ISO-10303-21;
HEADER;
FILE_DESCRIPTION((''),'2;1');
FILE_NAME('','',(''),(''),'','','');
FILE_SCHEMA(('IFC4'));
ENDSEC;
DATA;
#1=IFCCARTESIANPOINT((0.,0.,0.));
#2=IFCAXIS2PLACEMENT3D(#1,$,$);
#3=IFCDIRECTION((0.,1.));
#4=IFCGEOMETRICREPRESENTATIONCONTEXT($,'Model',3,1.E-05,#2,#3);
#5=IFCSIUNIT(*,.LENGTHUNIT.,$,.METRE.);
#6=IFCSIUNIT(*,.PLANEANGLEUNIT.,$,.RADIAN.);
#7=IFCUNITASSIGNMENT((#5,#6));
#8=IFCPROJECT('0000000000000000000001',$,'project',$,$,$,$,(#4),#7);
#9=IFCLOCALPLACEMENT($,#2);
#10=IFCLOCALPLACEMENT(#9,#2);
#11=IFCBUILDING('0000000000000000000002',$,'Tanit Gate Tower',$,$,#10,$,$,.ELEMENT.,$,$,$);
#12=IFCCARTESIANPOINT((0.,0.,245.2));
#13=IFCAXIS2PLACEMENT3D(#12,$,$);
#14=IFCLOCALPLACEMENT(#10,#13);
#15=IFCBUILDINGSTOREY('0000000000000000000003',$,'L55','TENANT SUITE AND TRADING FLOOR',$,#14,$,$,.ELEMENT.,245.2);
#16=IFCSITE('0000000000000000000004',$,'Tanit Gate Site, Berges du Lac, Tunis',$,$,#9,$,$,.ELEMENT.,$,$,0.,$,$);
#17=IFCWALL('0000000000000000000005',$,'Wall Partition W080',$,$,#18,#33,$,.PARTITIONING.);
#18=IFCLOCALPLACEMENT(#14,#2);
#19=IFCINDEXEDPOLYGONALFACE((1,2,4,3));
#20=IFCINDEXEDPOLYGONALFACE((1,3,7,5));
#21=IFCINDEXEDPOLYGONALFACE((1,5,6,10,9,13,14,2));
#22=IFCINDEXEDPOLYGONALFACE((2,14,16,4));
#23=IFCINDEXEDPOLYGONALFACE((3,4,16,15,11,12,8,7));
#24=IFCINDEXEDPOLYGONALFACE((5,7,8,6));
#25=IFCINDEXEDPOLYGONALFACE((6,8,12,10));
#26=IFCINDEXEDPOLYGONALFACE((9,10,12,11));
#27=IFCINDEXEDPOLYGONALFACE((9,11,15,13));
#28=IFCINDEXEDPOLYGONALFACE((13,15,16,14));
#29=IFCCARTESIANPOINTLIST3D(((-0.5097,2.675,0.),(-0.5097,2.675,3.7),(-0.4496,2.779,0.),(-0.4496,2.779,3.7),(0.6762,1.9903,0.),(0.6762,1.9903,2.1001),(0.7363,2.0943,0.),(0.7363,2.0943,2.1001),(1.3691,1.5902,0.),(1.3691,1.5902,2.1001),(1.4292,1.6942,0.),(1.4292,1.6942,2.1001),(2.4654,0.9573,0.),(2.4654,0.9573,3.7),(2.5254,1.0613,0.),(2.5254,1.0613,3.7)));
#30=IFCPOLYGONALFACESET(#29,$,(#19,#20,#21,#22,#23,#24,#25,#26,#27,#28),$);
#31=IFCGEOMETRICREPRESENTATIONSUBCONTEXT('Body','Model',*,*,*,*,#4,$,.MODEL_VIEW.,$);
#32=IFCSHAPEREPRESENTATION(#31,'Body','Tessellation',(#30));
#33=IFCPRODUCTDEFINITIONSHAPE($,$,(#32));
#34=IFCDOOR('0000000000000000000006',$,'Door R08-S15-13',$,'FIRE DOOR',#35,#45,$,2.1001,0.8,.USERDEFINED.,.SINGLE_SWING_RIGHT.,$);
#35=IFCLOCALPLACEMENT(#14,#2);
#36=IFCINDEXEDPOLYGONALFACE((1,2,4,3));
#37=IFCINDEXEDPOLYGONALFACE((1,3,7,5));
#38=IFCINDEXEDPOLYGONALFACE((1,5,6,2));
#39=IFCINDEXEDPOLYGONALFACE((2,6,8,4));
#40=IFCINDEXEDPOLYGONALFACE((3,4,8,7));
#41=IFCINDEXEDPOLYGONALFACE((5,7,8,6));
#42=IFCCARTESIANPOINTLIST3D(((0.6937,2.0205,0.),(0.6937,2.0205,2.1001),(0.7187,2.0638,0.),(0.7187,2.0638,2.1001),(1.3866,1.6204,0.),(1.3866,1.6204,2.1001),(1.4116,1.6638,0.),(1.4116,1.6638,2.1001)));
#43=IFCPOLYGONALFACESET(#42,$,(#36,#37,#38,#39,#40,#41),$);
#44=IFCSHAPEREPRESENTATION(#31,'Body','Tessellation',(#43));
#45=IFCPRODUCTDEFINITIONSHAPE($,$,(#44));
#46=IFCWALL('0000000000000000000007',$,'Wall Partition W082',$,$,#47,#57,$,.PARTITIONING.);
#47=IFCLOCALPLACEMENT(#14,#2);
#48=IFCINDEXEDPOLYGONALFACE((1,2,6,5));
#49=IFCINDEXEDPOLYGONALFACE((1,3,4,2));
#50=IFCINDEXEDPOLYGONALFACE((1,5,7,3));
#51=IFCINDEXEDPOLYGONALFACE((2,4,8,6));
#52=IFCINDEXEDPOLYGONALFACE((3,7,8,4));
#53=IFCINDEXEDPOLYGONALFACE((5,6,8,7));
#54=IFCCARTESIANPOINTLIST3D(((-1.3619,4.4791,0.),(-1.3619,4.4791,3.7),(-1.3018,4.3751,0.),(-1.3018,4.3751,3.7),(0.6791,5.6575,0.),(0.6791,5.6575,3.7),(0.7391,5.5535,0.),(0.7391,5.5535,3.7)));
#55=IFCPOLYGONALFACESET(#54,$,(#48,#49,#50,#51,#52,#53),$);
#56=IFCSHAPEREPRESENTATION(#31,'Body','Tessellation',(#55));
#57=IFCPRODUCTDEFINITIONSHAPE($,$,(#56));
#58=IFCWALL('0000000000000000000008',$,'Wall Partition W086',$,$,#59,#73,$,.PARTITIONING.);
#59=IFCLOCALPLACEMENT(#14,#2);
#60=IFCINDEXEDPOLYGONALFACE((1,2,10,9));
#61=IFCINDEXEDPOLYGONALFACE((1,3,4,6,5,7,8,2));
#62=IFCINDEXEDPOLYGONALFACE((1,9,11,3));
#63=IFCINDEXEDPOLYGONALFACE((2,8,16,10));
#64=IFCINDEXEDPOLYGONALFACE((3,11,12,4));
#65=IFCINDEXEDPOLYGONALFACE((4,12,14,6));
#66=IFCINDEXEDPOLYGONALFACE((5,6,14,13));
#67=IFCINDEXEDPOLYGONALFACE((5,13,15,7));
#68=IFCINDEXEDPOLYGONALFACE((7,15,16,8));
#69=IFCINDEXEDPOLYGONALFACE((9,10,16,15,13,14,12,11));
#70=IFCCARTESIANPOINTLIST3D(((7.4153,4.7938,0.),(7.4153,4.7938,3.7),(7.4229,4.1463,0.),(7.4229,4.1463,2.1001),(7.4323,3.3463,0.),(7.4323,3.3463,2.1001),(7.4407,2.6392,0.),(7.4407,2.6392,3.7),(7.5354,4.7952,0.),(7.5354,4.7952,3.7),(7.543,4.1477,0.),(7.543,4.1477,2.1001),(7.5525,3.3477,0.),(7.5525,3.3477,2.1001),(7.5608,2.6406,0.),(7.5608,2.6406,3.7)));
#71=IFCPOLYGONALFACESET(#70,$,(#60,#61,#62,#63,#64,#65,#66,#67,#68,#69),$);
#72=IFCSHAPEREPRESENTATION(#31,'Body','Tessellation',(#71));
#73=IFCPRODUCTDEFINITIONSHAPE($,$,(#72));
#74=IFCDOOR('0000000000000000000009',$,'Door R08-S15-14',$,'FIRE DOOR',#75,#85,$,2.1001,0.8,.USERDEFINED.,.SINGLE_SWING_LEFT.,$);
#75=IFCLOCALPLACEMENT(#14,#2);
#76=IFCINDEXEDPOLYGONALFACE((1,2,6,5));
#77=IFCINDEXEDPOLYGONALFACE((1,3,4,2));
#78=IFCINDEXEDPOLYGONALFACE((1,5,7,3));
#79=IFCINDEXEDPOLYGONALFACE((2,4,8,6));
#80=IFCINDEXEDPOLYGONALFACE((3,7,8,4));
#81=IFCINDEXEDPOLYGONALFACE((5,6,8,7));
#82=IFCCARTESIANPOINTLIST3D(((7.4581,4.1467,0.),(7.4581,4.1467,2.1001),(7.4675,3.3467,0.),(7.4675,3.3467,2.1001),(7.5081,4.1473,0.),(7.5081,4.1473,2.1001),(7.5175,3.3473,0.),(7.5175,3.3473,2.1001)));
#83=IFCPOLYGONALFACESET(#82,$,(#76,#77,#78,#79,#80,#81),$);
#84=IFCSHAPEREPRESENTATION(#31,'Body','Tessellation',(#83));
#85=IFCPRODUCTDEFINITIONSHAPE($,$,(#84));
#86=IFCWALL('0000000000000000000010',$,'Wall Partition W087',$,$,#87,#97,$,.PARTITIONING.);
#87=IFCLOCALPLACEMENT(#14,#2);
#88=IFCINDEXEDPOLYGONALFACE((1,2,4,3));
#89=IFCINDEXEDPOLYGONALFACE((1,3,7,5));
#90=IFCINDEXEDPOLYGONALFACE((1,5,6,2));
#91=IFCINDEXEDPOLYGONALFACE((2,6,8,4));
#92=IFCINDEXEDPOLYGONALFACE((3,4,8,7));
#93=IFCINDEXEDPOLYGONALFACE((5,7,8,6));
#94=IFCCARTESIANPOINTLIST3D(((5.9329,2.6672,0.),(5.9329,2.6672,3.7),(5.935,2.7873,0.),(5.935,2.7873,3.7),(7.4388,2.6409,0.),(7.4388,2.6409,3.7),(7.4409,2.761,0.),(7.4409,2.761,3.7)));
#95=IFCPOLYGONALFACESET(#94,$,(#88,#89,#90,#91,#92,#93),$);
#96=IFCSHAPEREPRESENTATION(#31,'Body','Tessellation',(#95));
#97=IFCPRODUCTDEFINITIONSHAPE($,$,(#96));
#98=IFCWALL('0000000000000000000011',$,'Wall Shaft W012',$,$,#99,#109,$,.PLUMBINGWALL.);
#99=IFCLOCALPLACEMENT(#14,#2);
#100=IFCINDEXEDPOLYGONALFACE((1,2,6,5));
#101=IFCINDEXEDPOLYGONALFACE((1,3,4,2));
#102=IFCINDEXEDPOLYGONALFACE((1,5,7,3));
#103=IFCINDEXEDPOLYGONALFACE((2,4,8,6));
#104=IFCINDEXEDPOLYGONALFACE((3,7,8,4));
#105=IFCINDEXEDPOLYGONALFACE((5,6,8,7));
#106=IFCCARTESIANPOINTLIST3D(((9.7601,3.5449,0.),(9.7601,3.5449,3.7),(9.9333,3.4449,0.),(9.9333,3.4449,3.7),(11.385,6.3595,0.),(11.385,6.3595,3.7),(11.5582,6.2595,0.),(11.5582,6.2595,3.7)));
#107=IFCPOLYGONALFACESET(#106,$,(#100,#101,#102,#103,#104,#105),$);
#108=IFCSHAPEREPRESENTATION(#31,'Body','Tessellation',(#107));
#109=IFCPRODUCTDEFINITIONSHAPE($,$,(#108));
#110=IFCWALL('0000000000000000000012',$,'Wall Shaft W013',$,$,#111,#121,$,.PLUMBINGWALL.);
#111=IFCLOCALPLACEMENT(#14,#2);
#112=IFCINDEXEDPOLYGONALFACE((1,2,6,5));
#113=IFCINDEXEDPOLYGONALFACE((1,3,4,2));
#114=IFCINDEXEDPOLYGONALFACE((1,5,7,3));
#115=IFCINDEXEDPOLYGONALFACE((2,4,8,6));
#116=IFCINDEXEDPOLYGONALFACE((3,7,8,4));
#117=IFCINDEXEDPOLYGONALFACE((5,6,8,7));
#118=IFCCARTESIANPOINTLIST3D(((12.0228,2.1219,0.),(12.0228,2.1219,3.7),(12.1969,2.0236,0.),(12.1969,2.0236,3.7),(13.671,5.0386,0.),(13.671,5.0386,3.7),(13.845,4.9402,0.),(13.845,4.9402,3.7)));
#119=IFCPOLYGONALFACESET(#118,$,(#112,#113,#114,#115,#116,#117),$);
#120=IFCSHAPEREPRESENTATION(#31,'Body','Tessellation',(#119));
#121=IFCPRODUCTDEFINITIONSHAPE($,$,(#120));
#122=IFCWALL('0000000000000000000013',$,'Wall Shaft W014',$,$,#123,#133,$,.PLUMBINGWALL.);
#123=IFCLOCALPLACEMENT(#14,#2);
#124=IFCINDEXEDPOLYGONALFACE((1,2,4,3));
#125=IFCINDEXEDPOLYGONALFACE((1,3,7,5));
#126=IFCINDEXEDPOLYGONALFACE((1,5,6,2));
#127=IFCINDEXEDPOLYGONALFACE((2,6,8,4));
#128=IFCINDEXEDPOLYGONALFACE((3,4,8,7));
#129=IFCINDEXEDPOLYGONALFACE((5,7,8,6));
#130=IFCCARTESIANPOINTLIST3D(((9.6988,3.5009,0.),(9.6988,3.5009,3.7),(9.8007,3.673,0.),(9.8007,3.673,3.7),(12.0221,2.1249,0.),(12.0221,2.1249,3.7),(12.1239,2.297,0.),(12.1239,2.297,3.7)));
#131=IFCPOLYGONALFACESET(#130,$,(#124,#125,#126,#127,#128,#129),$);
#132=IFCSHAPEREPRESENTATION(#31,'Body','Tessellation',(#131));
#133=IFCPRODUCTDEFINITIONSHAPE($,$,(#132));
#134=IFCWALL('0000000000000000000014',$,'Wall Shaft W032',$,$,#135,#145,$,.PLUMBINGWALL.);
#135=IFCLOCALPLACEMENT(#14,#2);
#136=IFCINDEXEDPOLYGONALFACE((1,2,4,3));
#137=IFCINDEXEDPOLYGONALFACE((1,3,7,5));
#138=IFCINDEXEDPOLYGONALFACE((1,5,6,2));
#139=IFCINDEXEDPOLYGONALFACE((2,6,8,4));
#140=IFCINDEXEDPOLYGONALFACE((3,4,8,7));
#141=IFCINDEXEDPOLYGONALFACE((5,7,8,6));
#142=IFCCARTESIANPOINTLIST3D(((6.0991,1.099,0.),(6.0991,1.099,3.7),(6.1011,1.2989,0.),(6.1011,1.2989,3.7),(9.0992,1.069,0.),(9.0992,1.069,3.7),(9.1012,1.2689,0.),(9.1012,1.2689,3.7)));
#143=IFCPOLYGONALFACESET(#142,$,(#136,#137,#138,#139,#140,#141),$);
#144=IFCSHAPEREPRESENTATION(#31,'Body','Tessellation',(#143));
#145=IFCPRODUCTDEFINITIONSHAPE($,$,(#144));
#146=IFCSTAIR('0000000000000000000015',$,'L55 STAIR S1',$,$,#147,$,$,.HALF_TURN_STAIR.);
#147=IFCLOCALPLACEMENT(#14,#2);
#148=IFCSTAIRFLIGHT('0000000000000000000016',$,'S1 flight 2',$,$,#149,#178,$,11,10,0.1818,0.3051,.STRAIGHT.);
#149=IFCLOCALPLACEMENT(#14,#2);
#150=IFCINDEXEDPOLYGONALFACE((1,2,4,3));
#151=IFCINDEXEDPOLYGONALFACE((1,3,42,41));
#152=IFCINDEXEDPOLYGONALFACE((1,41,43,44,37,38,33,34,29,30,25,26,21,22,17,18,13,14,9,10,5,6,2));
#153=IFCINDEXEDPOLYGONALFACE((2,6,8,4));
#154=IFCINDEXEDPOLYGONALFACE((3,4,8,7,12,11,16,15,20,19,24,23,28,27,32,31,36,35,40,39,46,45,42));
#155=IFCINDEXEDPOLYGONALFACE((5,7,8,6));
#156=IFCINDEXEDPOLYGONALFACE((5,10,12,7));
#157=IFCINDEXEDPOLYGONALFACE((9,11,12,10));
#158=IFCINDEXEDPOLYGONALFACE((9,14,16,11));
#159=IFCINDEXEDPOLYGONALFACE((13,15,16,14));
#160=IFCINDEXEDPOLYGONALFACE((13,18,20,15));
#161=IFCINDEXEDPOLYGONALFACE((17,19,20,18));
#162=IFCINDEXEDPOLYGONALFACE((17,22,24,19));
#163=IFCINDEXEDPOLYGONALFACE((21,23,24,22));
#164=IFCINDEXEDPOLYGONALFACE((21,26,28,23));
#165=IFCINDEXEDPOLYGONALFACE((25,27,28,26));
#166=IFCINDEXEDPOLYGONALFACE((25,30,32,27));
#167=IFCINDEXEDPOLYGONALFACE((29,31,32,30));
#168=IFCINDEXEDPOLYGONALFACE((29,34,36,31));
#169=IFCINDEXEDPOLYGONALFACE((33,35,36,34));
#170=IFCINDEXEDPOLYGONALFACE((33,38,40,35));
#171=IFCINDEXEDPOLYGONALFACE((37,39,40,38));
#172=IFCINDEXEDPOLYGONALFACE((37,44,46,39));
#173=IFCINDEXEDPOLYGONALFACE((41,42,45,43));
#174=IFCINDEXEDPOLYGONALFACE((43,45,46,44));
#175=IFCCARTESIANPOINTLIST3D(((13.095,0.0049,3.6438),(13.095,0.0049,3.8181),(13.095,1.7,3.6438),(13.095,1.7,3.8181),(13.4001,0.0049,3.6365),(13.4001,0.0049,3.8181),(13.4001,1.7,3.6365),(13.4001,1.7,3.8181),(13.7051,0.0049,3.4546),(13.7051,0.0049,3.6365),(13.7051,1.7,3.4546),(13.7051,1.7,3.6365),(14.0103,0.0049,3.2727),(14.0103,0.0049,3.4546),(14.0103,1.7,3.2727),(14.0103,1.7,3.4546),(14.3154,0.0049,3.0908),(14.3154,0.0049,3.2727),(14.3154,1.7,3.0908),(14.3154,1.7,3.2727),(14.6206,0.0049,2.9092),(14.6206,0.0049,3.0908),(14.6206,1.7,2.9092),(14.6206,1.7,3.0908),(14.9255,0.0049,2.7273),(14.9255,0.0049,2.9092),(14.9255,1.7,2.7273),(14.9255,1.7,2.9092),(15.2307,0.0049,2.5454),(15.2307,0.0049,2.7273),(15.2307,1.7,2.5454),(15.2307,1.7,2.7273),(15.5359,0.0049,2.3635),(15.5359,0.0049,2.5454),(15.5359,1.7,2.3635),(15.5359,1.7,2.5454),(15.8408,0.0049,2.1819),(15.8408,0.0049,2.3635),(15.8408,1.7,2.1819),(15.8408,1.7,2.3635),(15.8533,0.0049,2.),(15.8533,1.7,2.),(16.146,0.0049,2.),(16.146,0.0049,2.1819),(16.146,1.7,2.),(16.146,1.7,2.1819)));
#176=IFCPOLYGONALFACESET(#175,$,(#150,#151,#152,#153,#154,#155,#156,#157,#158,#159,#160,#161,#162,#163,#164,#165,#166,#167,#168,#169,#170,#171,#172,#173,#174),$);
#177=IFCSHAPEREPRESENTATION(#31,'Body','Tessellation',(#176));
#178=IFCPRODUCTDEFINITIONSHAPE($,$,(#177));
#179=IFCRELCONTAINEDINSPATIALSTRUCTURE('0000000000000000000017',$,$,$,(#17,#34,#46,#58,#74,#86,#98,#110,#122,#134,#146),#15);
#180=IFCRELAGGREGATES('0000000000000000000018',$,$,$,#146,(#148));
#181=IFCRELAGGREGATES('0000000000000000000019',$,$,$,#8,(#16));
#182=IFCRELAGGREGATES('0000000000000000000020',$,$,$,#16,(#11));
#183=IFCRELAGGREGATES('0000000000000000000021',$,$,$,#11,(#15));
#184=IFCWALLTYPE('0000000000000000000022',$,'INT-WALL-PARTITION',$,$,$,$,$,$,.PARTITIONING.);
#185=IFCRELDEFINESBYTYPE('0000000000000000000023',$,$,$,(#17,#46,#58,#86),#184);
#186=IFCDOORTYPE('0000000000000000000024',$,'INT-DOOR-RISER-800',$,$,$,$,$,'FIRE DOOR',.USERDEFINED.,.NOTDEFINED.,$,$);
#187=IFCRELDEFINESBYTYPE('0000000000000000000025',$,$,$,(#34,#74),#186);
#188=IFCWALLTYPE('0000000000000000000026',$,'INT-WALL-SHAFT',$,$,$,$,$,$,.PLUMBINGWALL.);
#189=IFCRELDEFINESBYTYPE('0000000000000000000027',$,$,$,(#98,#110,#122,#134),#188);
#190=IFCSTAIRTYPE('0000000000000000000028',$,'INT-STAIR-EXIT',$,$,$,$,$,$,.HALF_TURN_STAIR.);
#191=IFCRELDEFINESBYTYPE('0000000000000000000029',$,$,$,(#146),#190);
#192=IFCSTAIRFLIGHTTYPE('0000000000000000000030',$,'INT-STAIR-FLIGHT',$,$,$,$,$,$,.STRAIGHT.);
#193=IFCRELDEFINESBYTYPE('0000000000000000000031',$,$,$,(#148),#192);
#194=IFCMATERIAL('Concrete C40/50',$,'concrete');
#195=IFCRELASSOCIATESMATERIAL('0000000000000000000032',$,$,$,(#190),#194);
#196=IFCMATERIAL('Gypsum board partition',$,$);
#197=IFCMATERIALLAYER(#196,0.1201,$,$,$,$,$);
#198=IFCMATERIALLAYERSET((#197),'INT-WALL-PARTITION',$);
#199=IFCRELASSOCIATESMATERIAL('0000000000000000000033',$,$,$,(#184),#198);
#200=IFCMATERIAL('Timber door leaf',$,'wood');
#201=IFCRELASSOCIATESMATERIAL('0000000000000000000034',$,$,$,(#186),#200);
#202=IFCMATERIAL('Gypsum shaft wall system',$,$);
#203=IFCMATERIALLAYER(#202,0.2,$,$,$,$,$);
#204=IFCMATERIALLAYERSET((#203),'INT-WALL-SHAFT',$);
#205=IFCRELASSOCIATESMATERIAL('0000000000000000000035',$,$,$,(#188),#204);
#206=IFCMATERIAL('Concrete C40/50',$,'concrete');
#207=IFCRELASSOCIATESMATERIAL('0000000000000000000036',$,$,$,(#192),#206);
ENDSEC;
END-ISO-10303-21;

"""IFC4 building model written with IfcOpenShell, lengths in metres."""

from ifc_helpers import new_model, si_unit, direction, frame, frame_2d, origin, place, context, subcontext, project, spatial, polyline, rectangle, outline, extrude, material, layer, layer_set, type_object, element, fill, aggregate, save


model = new_model("IFC4")

# Units and contexts
model_context = context("Model", 3, precision=1e-05, world=origin(), true_north=direction((0.0, 1.0)))
body_context = subcontext(model_context, "Body", "Model", "MODEL_VIEW")
ifc_project = project(units=[si_unit("LENGTHUNIT", "METRE"), si_unit("PLANEANGLEUNIT", "RADIAN")], contexts=[model_context])

# Site, building, storey
site_placement = place(None, origin())
site = spatial("IfcSite", under=ifc_project, at=site_placement, Name="Tanit Gate Site, Berges du Lac, Tunis", CompositionType="ELEMENT", RefElevation=0.0)
building_placement = place(site_placement, origin())
building = spatial("IfcBuilding", under=site, at=building_placement, Name="Tanit Gate Tower", CompositionType="ELEMENT")
storey_placement = place(building_placement, frame((0.0, 0.0, 245.2)))
storey = spatial("IfcBuildingStorey", under=building, at=storey_placement, Name="L55", Description="TENANT SUITE AND TRADING FLOOR", CompositionType="ELEMENT", Elevation=245.2)

# Shared definitions
ifc_material_1 = material(Name="Concrete C40/50", Category="concrete")
stair_type = type_object("IfcStairType", Name="INT-STAIR-EXIT", PredefinedType="HALF_TURN_STAIR", material=ifc_material_1)

# Shared definitions
ifc_material_2 = material(Name="Gypsum board partition")
ifc_layer_1 = layer(ifc_material_2, 0.1201)
ifc_layer_set_1 = layer_set([ifc_layer_1], Name="INT-WALL-PARTITION")
wall_type_1 = type_object("IfcWallType", Name="INT-WALL-PARTITION", PredefinedType="PARTITIONING", material=ifc_layer_set_1)
ifc_material_3 = material(Name="Timber door leaf", Category="wood")
door_type_1 = type_object("IfcDoorType", Name="INT-DOOR-RISER-800", ElementType="FIRE DOOR", OperationType="NOTDEFINED", PredefinedType="USERDEFINED", material=ifc_material_3)

# Wall, opening, door
wall_1_placement = place(storey_placement, frame((-0.4797, 2.7271, 0.0), z_axis=(0.0, 0.0, 1.0), x_axis=(0.866013, -0.500022, 0.0)))
wall_1 = element("IfcWall", 1, at=wall_1_placement, inside=storey, type_object=wall_type_1, Name="Wall Partition W080", PredefinedType="PARTITIONING", context=body_context, shape_type="SweptSolid", body=[
    extrude(rectangle(XDim=3.4353, YDim=0.1201, at=frame_2d((1.7178, 0.0))), origin(), (0.0, 0.0, 1.0), 3.7),
])
opening_1_placement = place(wall_1_placement, frame((1.3696, 0.0, 0.0)))
opening_1 = element("IfcOpeningElement", 2, at=opening_1_placement, cuts=wall_1, PredefinedType="OPENING", context=body_context, shape_type="SweptSolid", body=[
    extrude(rectangle(XDim=0.8, YDim=2.1001, at=frame_2d((0.3999, 1.05))), frame((0.0, 0.0701, 0.0), z_axis=(0.0, -1.0, 0.0), x_axis=(1.0, 0.0, 0.0)), (0.0, 0.0, 1.0), 0.1401),
])
door_1_placement = place(opening_1_placement, origin())
door_1 = element("IfcDoor", 3, at=door_1_placement, inside=storey, type_object=door_type_1, Name="Door R08-S15-13", ObjectType="FIRE DOOR", OperationType="SINGLE_SWING_RIGHT", OverallHeight=2.1001, OverallWidth=0.8, PredefinedType="USERDEFINED", context=body_context, shape_type="SweptSolid", body=[
    extrude(rectangle(XDim=0.8, YDim=2.1001, at=frame_2d((0.3999, 1.05))), frame((0.0, 0.0249, 0.0), z_axis=(0.0, -1.0, 0.0), x_axis=(1.0, 0.0, 0.0)), (0.0, 0.0, 1.0), 0.05),
])
fill(opening_1, door_1)

# Wall
wall_2_placement = place(storey_placement, frame((0.709, 5.6055, 0.0), z_axis=(0.0, 0.0, 1.0), x_axis=(-0.86601, -0.500027, 0.0)))
element("IfcWall", 4, at=wall_2_placement, inside=storey, type_object=wall_type_1, Name="Wall Partition W082", PredefinedType="PARTITIONING", context=body_context, shape_type="SweptSolid", body=[
    extrude(rectangle(XDim=2.3567, YDim=0.1201, at=frame_2d((1.1782, 0.0))), origin(), (0.0, 0.0, 1.0), 3.7),
])

# Wall, opening, door
wall_3_placement = place(storey_placement, frame((7.5007, 2.6399, 0.0), z_axis=(0.0, 0.0, 1.0), x_axis=(-0.011784, 0.999931, 0.0)))
wall_3 = element("IfcWall", 5, at=wall_3_placement, inside=storey, type_object=wall_type_1, Name="Wall Partition W086", PredefinedType="PARTITIONING", context=body_context, shape_type="SweptSolid", body=[
    extrude(rectangle(XDim=2.1548, YDim=0.1201, at=frame_2d((1.0774, 0.0))), origin(), (0.0, 0.0, 1.0), 3.7),
])
opening_2_placement = place(wall_3_placement, frame((0.7073, 0.0, 0.0)))
opening_2 = element("IfcOpeningElement", 6, at=opening_2_placement, cuts=wall_3, PredefinedType="OPENING", context=body_context, shape_type="SweptSolid", body=[
    extrude(rectangle(XDim=0.8, YDim=2.1001, at=frame_2d((0.3999, 1.05))), frame((0.0, 0.0701, 0.0), z_axis=(0.0, -1.0, 0.0), x_axis=(1.0, 0.0, 0.0)), (0.0, 0.0, 1.0), 0.1401),
])
door_2_placement = place(opening_2_placement, origin())
door_2 = element("IfcDoor", 7, at=door_2_placement, inside=storey, type_object=door_type_1, Name="Door R08-S15-14", ObjectType="FIRE DOOR", OperationType="SINGLE_SWING_LEFT", OverallHeight=2.1001, OverallWidth=0.8, PredefinedType="USERDEFINED", context=body_context, shape_type="SweptSolid", body=[
    extrude(rectangle(XDim=0.8, YDim=2.1001, at=frame_2d((0.3999, 1.05))), frame((0.0, 0.0249, 0.0), z_axis=(0.0, -1.0, 0.0), x_axis=(1.0, 0.0, 0.0)), (0.0, 0.0, 1.0), 0.05),
])
fill(opening_2, door_2)

# Walls
wall_4_placement = place(storey_placement, frame((5.9341, 2.7273, 0.0), z_axis=(0.0, 0.0, 1.0), x_axis=(0.999847, -0.017507, 0.0)))
element("IfcWall", 8, at=wall_4_placement, inside=storey, type_object=wall_type_1, Name="Wall Partition W087", PredefinedType="PARTITIONING", context=body_context, shape_type="SweptSolid", body=[
    extrude(rectangle(XDim=1.5061, YDim=0.1201, at=frame_2d((0.7529, 0.0))), origin(), (0.0, 0.0, 1.0), 3.7),
])
ifc_material_4 = material(Name="Gypsum shaft wall system")
ifc_layer_2 = layer(ifc_material_4, 0.2)
ifc_layer_set_2 = layer_set([ifc_layer_2], Name="INT-WALL-SHAFT")
wall_type_2 = type_object("IfcWallType", Name="INT-WALL-SHAFT", PredefinedType="PLUMBINGWALL", material=ifc_layer_set_2)
wall_5_placement = place(storey_placement, frame((9.8467, 3.4949, 0.0), z_axis=(0.0, 0.0, 1.0), x_axis=(0.499985, 0.866034, 0.0)))
element("IfcWall", 9, at=wall_5_placement, inside=storey, type_object=wall_type_2, Name="Wall Shaft W012", PredefinedType="PLUMBINGWALL", context=body_context, shape_type="SweptSolid", body=[
    extrude(rectangle(XDim=3.25, YDim=0.2, at=frame_2d((1.625, 0.0))), origin(), (0.0, 0.0, 1.0), 3.7),
])
wall_6_placement = place(storey_placement, frame((12.1099, 2.0728, 0.0), z_axis=(0.0, 0.0, 1.0), x_axis=(0.491966, 0.870614, 0.0)))
element("IfcWall", 10, at=wall_6_placement, inside=storey, type_object=wall_type_2, Name="Wall Shaft W013", PredefinedType="PLUMBINGWALL", context=body_context, shape_type="SweptSolid", body=[
    extrude(rectangle(XDim=3.3501, YDim=0.2, at=frame_2d((1.675, 0.0))), origin(), (0.0, 0.0, 1.0), 3.7),
])
wall_7_placement = place(storey_placement, frame((12.073, 2.2109, 0.0), z_axis=(0.0, 0.0, 1.0), x_axis=(-0.860415, 0.509594, 0.0)))
element("IfcWall", 11, at=wall_7_placement, inside=storey, type_object=wall_type_2, Name="Wall Shaft W014", PredefinedType="PLUMBINGWALL", context=body_context, shape_type="SweptSolid", body=[
    extrude(rectangle(XDim=2.7002, YDim=0.2, at=frame_2d((1.3501, 0.0))), origin(), (0.0, 0.0, 1.0), 3.7),
])

# Wall
wall_8_placement = place(storey_placement, frame((9.1001, 1.1689, 0.0), z_axis=(0.0, 0.0, 1.0), x_axis=(-0.99995, 0.010009, 0.0)))
element("IfcWall", 12, at=wall_8_placement, inside=storey, type_object=wall_type_2, Name="Wall Shaft W032", PredefinedType="PLUMBINGWALL", context=body_context, shape_type="SweptSolid", body=[
    extrude(rectangle(XDim=3.0002, YDim=0.2, at=frame_2d((1.5, 0.0))), origin(), (0.0, 0.0, 1.0), 3.7),
])

# Stair, stair flight
stair_1_placement = place(storey_placement, origin())
stair_1 = element("IfcStair", 13, at=stair_1_placement, inside=storey, type_object=stair_type, Name="L55 STAIR S1", PredefinedType="HALF_TURN_STAIR")
ifc_material_5 = material(Name="Concrete C40/50", Category="concrete")
stair_flight_type = type_object("IfcStairFlightType", Name="INT-STAIR-FLIGHT", PredefinedType="STRAIGHT", material=ifc_material_5)
stair_flight_placement = place(storey_placement, frame((16.146, 0.8525, 2.0), z_axis=(0.0, 0.0, 1.0), x_axis=(-1.0, 0.0, 0.0)))
stair_flight = element("IfcStairFlight", 14, at=stair_flight_placement, type_object=stair_flight_type, Name="S1 flight 2", NumberOfRisers=11, NumberOfTreads=10, PredefinedType="STRAIGHT", RiserHeight=0.1818, TreadLength=0.3051, context=body_context, shape_type="SweptSolid", body=[
    extrude(outline(polyline([(0.0, 0.0), (0.0, 0.1819), (0.3052, 0.1819), (0.3052, 0.3635), (0.6101, 0.3635), (0.6101, 0.5454), (0.9153, 0.5454), (0.9153, 0.7273), (1.2205, 0.7273), (1.2205, 0.9092), (1.5254, 0.9092), (1.5254, 1.0908), (1.8306, 1.0908), (1.8306, 1.2727), (2.1357, 1.2727), (2.1357, 1.4546), (2.4409, 1.4546), (2.4409, 1.6365), (2.7458, 1.6365), (2.7458, 1.8181), (3.051, 1.8181), (3.051, 2.0), (3.051, 1.6438), (0.2927, 0.0), (0.0, 0.0)])), frame((0.0, 0.8477, 0.0), z_axis=(0.0, -1.0, 0.0), x_axis=(1.0, 0.0, 0.0)), (0.0, 0.0, 1.0), 1.6951),
])
aggregate(stair_1, [stair_flight])

save(model, "model.ifc")
